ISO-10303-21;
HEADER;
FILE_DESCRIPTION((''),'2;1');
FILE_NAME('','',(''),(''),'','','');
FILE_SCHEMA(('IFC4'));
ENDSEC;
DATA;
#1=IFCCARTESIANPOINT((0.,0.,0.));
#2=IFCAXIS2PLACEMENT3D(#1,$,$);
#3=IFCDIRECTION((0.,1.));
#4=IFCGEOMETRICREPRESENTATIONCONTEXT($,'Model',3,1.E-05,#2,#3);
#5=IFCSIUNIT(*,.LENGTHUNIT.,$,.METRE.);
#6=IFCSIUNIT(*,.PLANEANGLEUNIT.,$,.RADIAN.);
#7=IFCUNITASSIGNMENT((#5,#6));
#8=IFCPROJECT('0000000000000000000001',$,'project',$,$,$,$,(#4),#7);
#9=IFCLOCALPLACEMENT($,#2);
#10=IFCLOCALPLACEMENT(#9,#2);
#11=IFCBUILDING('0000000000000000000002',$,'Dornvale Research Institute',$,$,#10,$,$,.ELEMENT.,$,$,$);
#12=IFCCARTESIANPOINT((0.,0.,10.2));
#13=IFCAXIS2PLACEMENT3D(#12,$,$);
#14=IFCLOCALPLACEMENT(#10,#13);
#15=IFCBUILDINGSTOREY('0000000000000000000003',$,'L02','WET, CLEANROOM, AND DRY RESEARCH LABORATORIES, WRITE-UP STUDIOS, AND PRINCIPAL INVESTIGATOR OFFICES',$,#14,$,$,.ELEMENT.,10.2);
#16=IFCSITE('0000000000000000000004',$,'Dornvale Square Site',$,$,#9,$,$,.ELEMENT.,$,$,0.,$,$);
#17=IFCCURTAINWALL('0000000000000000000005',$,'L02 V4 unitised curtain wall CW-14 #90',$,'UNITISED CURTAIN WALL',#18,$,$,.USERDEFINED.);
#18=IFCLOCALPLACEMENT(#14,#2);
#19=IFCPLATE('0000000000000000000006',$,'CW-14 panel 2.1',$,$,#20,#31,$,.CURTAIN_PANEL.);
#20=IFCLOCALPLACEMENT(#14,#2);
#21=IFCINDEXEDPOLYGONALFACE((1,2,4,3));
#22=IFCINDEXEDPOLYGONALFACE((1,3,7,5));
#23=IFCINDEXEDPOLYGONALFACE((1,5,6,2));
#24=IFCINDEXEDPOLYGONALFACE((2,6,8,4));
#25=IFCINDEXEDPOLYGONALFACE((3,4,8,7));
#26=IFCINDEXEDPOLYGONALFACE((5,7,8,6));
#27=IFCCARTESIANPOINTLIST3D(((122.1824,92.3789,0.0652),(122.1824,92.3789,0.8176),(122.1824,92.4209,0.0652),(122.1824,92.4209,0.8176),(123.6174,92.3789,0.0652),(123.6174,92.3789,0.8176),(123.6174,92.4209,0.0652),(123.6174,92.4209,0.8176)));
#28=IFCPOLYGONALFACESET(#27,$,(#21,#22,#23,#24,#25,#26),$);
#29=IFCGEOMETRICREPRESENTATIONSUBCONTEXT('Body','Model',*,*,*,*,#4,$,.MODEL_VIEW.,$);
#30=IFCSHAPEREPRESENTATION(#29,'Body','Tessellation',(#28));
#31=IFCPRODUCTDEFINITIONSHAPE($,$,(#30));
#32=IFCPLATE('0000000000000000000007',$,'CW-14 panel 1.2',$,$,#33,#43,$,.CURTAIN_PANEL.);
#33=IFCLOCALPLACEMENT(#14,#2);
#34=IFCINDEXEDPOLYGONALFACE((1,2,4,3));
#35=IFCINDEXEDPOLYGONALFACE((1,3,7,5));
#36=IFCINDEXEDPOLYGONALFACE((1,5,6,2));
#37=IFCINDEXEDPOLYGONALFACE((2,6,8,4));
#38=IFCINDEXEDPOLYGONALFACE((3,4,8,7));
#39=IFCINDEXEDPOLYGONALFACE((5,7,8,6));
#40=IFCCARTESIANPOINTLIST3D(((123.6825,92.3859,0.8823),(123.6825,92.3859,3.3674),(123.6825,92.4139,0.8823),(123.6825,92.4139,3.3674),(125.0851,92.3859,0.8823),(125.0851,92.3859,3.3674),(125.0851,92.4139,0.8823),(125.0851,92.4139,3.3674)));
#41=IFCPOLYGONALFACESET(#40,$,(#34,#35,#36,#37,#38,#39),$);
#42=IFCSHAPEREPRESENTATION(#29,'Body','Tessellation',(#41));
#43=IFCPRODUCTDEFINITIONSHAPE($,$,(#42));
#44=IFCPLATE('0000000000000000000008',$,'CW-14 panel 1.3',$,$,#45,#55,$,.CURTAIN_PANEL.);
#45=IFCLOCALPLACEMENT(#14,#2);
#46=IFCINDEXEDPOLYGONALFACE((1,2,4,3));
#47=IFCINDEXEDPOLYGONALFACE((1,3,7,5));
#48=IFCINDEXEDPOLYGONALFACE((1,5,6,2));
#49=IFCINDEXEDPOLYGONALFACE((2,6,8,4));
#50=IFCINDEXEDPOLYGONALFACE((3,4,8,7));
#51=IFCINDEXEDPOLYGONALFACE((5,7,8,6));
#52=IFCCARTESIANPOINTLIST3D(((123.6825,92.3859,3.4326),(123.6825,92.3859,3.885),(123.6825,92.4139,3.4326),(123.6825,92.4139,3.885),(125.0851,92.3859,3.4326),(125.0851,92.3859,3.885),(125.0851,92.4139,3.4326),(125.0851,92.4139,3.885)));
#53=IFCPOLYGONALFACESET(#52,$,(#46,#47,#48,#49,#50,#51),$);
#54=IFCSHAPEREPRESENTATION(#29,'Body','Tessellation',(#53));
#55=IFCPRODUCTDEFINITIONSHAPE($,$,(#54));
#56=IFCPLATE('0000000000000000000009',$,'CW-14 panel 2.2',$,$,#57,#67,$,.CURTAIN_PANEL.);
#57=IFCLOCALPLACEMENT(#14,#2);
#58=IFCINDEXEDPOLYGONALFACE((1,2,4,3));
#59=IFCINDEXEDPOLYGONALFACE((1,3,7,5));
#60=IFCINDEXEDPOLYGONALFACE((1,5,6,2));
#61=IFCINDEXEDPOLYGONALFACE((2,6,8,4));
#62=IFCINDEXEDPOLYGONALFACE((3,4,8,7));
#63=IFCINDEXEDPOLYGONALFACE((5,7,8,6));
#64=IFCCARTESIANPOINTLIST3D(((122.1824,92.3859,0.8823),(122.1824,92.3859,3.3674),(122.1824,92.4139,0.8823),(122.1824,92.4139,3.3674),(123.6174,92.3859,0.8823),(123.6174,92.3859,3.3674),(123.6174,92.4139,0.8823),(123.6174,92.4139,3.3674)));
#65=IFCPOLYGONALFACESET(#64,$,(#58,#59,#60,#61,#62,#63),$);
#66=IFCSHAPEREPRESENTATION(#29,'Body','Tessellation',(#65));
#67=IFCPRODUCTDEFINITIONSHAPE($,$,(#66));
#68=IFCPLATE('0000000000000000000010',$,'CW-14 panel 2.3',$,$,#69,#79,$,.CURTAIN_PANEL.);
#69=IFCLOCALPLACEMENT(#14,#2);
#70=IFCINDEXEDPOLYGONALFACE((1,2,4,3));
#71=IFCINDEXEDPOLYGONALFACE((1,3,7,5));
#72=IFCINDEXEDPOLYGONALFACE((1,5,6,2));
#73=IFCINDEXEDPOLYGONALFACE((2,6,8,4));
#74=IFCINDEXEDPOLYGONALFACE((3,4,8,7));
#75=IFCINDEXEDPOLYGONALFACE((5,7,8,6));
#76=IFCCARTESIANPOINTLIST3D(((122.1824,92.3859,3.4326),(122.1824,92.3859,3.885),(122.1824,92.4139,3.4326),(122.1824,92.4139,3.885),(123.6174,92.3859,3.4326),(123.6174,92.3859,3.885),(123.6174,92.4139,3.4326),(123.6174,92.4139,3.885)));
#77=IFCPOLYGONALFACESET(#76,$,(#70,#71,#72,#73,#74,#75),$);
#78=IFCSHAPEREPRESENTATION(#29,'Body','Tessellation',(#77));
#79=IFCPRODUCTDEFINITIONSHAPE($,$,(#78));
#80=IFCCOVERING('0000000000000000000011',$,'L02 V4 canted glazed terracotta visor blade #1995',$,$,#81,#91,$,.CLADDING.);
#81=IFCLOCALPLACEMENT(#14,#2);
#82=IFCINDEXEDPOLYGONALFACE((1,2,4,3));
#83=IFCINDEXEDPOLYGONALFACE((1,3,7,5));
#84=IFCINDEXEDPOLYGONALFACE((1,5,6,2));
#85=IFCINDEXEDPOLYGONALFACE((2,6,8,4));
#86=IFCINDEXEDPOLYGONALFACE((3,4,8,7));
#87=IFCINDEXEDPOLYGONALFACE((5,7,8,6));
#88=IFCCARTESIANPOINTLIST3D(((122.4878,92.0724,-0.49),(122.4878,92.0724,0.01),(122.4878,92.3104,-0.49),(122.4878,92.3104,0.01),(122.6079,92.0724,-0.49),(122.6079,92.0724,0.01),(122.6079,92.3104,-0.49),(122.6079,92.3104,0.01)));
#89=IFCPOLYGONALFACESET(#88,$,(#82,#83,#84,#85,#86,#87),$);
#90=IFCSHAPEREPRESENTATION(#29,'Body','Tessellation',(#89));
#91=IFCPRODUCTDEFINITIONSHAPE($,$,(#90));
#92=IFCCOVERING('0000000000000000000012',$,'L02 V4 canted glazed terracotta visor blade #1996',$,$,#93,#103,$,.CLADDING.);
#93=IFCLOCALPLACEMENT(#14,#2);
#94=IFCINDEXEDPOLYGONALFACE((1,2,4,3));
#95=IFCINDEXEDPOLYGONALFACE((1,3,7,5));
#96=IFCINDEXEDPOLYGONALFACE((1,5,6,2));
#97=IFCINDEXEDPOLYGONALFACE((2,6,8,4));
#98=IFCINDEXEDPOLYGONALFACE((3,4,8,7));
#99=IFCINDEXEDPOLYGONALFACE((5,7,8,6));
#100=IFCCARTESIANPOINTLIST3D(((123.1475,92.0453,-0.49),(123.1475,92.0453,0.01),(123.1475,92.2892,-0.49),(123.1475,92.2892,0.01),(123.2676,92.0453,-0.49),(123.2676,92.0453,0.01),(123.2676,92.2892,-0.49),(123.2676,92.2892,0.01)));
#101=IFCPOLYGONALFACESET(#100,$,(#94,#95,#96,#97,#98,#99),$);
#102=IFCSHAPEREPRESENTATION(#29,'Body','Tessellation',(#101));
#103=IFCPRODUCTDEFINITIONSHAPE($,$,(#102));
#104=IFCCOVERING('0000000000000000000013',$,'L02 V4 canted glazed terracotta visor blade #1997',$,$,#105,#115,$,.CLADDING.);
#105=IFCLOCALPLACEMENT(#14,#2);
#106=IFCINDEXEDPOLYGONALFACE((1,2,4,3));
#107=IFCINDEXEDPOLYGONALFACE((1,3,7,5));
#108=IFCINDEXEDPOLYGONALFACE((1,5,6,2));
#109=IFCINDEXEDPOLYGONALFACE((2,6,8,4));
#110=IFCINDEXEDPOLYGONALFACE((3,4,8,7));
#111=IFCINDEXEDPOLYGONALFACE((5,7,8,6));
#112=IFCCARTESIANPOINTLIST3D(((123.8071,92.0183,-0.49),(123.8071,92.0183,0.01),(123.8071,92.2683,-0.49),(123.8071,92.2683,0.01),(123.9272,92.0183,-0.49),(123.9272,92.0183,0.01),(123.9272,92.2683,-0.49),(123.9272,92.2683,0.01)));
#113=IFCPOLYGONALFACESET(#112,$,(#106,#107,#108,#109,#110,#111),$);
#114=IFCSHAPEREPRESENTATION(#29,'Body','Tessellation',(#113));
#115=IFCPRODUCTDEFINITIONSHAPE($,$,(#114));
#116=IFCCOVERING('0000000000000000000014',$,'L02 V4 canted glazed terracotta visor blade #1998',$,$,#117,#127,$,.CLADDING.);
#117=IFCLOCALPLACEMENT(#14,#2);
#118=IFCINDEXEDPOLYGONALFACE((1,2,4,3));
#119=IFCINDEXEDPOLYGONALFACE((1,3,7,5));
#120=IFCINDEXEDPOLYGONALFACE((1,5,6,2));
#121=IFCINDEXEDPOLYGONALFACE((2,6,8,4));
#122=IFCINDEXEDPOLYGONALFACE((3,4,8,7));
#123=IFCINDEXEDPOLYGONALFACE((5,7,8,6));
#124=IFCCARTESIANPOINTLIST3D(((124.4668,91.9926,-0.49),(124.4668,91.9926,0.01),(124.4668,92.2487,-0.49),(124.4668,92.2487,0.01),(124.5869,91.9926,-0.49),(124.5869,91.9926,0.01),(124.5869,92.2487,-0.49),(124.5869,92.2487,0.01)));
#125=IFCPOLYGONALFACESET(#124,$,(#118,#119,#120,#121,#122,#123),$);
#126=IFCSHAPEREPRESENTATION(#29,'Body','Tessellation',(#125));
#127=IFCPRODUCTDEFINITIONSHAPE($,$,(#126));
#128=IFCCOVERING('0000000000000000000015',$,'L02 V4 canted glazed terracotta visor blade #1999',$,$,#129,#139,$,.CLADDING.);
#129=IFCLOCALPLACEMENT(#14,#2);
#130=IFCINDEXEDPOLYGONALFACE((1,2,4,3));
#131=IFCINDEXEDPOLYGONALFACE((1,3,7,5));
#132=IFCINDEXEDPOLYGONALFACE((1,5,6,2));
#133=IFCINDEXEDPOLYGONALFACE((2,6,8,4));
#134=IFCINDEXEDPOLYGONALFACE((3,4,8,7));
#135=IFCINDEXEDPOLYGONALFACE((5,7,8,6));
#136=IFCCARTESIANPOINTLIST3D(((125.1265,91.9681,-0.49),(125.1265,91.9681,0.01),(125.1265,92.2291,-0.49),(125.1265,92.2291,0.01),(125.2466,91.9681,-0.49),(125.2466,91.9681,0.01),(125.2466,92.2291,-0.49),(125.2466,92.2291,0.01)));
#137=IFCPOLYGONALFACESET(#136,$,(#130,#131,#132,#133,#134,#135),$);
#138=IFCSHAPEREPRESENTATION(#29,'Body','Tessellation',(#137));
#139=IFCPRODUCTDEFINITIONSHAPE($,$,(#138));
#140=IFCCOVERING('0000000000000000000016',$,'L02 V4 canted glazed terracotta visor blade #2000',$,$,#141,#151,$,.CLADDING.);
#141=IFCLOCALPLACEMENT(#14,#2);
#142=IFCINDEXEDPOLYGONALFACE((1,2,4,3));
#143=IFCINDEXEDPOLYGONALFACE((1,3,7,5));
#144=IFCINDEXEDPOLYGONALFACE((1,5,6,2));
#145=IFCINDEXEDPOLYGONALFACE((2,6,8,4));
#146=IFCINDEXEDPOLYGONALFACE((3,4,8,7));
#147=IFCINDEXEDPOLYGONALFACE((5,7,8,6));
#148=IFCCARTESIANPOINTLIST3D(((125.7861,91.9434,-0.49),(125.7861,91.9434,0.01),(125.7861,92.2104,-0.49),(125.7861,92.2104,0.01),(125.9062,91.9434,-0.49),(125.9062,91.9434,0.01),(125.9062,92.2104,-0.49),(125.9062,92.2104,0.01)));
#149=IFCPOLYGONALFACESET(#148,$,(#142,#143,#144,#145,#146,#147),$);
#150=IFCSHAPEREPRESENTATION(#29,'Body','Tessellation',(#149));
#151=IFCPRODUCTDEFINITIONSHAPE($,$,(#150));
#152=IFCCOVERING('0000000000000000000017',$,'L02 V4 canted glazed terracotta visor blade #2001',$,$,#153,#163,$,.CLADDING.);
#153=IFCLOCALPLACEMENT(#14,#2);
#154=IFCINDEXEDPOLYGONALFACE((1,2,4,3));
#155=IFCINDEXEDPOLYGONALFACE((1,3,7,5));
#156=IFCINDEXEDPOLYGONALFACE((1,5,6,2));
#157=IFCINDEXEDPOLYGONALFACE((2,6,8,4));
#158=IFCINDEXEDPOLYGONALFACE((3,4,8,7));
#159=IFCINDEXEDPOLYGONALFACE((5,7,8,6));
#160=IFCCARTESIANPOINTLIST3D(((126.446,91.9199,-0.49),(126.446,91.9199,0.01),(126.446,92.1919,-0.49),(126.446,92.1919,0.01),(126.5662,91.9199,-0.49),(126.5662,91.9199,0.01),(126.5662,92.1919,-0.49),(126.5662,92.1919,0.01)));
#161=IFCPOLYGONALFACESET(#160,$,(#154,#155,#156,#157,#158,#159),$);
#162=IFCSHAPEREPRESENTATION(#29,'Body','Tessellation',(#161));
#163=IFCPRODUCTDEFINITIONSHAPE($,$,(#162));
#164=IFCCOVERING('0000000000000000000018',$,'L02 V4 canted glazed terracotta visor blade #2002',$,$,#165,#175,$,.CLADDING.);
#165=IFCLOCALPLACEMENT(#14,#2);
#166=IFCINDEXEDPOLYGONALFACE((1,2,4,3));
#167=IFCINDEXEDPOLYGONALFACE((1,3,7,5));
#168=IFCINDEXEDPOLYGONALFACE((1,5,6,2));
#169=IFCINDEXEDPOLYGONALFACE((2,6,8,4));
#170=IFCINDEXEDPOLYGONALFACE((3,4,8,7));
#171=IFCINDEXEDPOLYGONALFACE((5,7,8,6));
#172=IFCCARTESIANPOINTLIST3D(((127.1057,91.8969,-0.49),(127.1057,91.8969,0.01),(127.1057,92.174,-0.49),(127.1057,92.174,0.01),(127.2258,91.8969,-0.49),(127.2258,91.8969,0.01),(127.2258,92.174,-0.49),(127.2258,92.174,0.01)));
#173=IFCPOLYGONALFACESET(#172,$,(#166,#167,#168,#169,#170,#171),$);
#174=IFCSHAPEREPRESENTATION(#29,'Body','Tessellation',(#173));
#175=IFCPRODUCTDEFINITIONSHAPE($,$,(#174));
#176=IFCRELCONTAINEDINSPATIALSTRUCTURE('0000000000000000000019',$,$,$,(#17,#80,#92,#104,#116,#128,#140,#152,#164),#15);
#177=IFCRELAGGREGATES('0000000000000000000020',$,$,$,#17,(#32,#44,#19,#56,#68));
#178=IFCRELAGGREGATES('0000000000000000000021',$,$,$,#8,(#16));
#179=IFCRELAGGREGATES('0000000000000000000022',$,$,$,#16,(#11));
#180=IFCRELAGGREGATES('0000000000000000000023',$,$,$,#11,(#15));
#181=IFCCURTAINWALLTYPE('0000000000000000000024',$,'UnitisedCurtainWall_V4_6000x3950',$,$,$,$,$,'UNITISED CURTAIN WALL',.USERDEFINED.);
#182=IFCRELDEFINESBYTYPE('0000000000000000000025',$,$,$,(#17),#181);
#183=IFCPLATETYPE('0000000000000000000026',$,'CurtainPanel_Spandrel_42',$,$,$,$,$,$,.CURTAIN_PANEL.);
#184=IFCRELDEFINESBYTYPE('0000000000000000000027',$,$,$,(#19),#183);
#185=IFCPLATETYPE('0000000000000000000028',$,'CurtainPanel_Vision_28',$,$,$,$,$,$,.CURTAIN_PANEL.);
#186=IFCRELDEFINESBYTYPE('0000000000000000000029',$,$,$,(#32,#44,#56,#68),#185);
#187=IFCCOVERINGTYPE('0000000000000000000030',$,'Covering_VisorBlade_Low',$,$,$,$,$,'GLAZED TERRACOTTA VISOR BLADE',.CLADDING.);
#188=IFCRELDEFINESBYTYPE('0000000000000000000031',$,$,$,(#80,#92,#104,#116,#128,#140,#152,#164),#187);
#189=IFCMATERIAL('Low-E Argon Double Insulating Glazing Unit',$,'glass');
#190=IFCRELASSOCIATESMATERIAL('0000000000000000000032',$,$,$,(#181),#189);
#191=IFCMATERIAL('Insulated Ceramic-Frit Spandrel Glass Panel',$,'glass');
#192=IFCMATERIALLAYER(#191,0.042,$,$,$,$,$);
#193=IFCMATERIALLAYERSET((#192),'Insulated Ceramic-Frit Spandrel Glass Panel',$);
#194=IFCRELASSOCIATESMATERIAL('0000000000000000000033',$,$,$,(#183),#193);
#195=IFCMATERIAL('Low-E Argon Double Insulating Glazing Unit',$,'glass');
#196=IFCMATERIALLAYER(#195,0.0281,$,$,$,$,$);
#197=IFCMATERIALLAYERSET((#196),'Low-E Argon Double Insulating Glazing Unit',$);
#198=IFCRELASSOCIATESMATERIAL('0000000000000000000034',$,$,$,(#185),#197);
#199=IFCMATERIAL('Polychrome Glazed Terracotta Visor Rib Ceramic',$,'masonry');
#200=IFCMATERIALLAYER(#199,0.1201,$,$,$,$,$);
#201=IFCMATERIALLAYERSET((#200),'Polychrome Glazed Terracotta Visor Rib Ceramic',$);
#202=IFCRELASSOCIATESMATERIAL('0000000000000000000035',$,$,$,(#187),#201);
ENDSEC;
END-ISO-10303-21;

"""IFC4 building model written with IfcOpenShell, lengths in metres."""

from ifc_helpers import new_model, si_unit, direction, frame, origin, origin_2d, place, context, subcontext, project, spatial, rectangle, extrude, material, layer, layer_set, type_object, element, aggregate, save


model = new_model("IFC4")

# Units and contexts
model_context = context("Model", 3, precision=1e-05, world=origin(), true_north=direction((0.0, 1.0)))
body_context = subcontext(model_context, "Body", "Model", "MODEL_VIEW")
ifc_project = project(units=[si_unit("LENGTHUNIT", "METRE"), si_unit("PLANEANGLEUNIT", "RADIAN")], contexts=[model_context])

# Site, building, storey
site_placement = place(None, origin())
site = spatial("IfcSite", under=ifc_project, at=site_placement, Name="Dornvale Square Site", CompositionType="ELEMENT", RefElevation=0.0)
building_placement = place(site_placement, origin())
building = spatial("IfcBuilding", under=site, at=building_placement, Name="Dornvale Research Institute", CompositionType="ELEMENT")
storey_placement = place(building_placement, frame((0.0, 0.0, 10.2)))
storey = spatial("IfcBuildingStorey", under=building, at=storey_placement, Name="L02", Description="WET, CLEANROOM, AND DRY RESEARCH LABORATORIES, WRITE-UP STUDIOS, AND PRINCIPAL INVESTIGATOR OFFICES", CompositionType="ELEMENT", Elevation=10.2)

# Curtain wall
ifc_material_1 = material(Name="Low-E Argon Double Insulating Glazing Unit", Category="glass")
curtain_wall_type = type_object("IfcCurtainWallType", Name="UnitisedCurtainWall_V4_6000x3950", ElementType="UNITISED CURTAIN WALL", PredefinedType="USERDEFINED", material=ifc_material_1)
curtain_wall_placement = place(storey_placement, origin())
curtain_wall = element("IfcCurtainWall", 1, at=curtain_wall_placement, inside=storey, type_object=curtain_wall_type, Name="L02 V4 unitised curtain wall CW-14 #90", ObjectType="UNITISED CURTAIN WALL", PredefinedType="USERDEFINED")

# Plates
ifc_material_2 = material(Name="Insulated Ceramic-Frit Spandrel Glass Panel", Category="glass")
ifc_layer_1 = layer(ifc_material_2, 0.042)
ifc_layer_set_1 = layer_set([ifc_layer_1], Name="Insulated Ceramic-Frit Spandrel Glass Panel")
plate_type_1 = type_object("IfcPlateType", Name="CurtainPanel_Spandrel_42", PredefinedType="CURTAIN_PANEL", material=ifc_layer_set_1)
plate_1_placement = place(storey_placement, frame((122.8999, 92.3999, 0.0652), z_axis=(0.0, 0.0, 1.0), x_axis=(-1.0, 0.0, 0.0)))
plate_1 = element("IfcPlate", 2, at=plate_1_placement, type_object=plate_type_1, Name="CW-14 panel 2.1", PredefinedType="CURTAIN_PANEL", context=body_context, shape_type="SweptSolid", body=[
    extrude(rectangle(XDim=1.4351, YDim=0.042, at=origin_2d()), origin(), (0.0, 0.0, 1.0), 0.7524),
])
ifc_material_3 = material(Name="Low-E Argon Double Insulating Glazing Unit", Category="glass")
ifc_layer_2 = layer(ifc_material_3, 0.0281)
ifc_layer_set_2 = layer_set([ifc_layer_2], Name="Low-E Argon Double Insulating Glazing Unit")
plate_type_2 = type_object("IfcPlateType", Name="CurtainPanel_Vision_28", PredefinedType="CURTAIN_PANEL", material=ifc_layer_set_2)
plate_2_placement = place(storey_placement, frame((124.3838, 92.3999, 0.8823), z_axis=(0.0, 0.0, 1.0), x_axis=(-1.0, 0.0, 0.0)))
plate_2 = element("IfcPlate", 3, at=plate_2_placement, type_object=plate_type_2, Name="CW-14 panel 1.2", PredefinedType="CURTAIN_PANEL", context=body_context, shape_type="SweptSolid", body=[
    extrude(rectangle(XDim=1.4026, YDim=0.0281, at=origin_2d()), origin(), (0.0, 0.0, 1.0), 2.4851),
])
plate_3_placement = place(storey_placement, frame((124.3838, 92.3999, 3.4326), z_axis=(0.0, 0.0, 1.0), x_axis=(-1.0, 0.0, 0.0)))
plate_3 = element("IfcPlate", 4, at=plate_3_placement, type_object=plate_type_2, Name="CW-14 panel 1.3", PredefinedType="CURTAIN_PANEL", context=body_context, shape_type="SweptSolid", body=[
    extrude(rectangle(XDim=1.4026, YDim=0.0281, at=origin_2d()), origin(), (0.0, 0.0, 1.0), 0.4524),
])
plate_4_placement = place(storey_placement, frame((122.8999, 92.3999, 0.8823), z_axis=(0.0, 0.0, 1.0), x_axis=(-1.0, 0.0, 0.0)))
plate_4 = element("IfcPlate", 5, at=plate_4_placement, type_object=plate_type_2, Name="CW-14 panel 2.2", PredefinedType="CURTAIN_PANEL", context=body_context, shape_type="SweptSolid", body=[
    extrude(rectangle(XDim=1.4351, YDim=0.0281, at=origin_2d()), origin(), (0.0, 0.0, 1.0), 2.4851),
])
plate_5_placement = place(storey_placement, frame((122.8999, 92.3999, 3.4326), z_axis=(0.0, 0.0, 1.0), x_axis=(-1.0, 0.0, 0.0)))
plate_5 = element("IfcPlate", 6, at=plate_5_placement, type_object=plate_type_2, Name="CW-14 panel 2.3", PredefinedType="CURTAIN_PANEL", context=body_context, shape_type="SweptSolid", body=[
    extrude(rectangle(XDim=1.4351, YDim=0.0281, at=origin_2d()), origin(), (0.0, 0.0, 1.0), 0.4524),
])
aggregate(curtain_wall, [plate_2, plate_3, plate_1, plate_4, plate_5])

# Coverings
ifc_material_4 = material(Name="Polychrome Glazed Terracotta Visor Rib Ceramic", Category="masonry")
ifc_layer_3 = layer(ifc_material_4, 0.1201)
ifc_layer_set_3 = layer_set([ifc_layer_3], Name="Polychrome Glazed Terracotta Visor Rib Ceramic")
covering_type = type_object("IfcCoveringType", Name="Covering_VisorBlade_Low", ElementType="GLAZED TERRACOTTA VISOR BLADE", PredefinedType="CLADDING", material=ifc_layer_set_3)
covering_1_placement = place(storey_placement, frame((122.5479, 92.1914, -0.49), z_axis=(0.0, 0.0, 1.0), x_axis=(0.0, 1.0, 0.0)))
element("IfcCovering", 7, at=covering_1_placement, inside=storey, type_object=covering_type, Name="L02 V4 canted glazed terracotta visor blade #1995", PredefinedType="CLADDING", context=body_context, shape_type="SweptSolid", body=[
    extrude(rectangle(XDim=0.238, YDim=0.1201, at=origin_2d()), origin(), (0.0, 0.0, 1.0), 0.5),
])
covering_2_placement = place(storey_placement, frame((123.2075, 92.1672, -0.49), z_axis=(0.0, 0.0, 1.0), x_axis=(0.0, 1.0, 0.0)))
element("IfcCovering", 8, at=covering_2_placement, inside=storey, type_object=covering_type, Name="L02 V4 canted glazed terracotta visor blade #1996", PredefinedType="CLADDING", context=body_context, shape_type="SweptSolid", body=[
    extrude(rectangle(XDim=0.2439, YDim=0.1201, at=origin_2d()), origin(), (0.0, 0.0, 1.0), 0.5),
])
covering_3_placement = place(storey_placement, frame((123.8672, 92.1433, -0.49), z_axis=(0.0, 0.0, 1.0), x_axis=(0.0, 1.0, 0.0)))
element("IfcCovering", 9, at=covering_3_placement, inside=storey, type_object=covering_type, Name="L02 V4 canted glazed terracotta visor blade #1997", PredefinedType="CLADDING", context=body_context, shape_type="SweptSolid", body=[
    extrude(rectangle(XDim=0.25, YDim=0.1201, at=origin_2d()), origin(), (0.0, 0.0, 1.0), 0.5),
])
covering_4_placement = place(storey_placement, frame((124.5269, 92.1206, -0.49), z_axis=(0.0, 0.0, 1.0), x_axis=(0.0, 1.0, 0.0)))
element("IfcCovering", 10, at=covering_4_placement, inside=storey, type_object=covering_type, Name="L02 V4 canted glazed terracotta visor blade #1998", PredefinedType="CLADDING", context=body_context, shape_type="SweptSolid", body=[
    extrude(rectangle(XDim=0.2561, YDim=0.1201, at=origin_2d()), origin(), (0.0, 0.0, 1.0), 0.5),
])
covering_5_placement = place(storey_placement, frame((125.1865, 92.0986, -0.49), z_axis=(0.0, 0.0, 1.0), x_axis=(0.0, 1.0, 0.0)))
element("IfcCovering", 11, at=covering_5_placement, inside=storey, type_object=covering_type, Name="L02 V4 canted glazed terracotta visor blade #1999", PredefinedType="CLADDING", context=body_context, shape_type="SweptSolid", body=[
    extrude(rectangle(XDim=0.261, YDim=0.1201, at=origin_2d()), origin(), (0.0, 0.0, 1.0), 0.5),
])
covering_6_placement = place(storey_placement, frame((125.8462, 92.0769, -0.49), z_axis=(0.0, 0.0, 1.0), x_axis=(0.0, 1.0, 0.0)))
element("IfcCovering", 12, at=covering_6_placement, inside=storey, type_object=covering_type, Name="L02 V4 canted glazed terracotta visor blade #2000", PredefinedType="CLADDING", context=body_context, shape_type="SweptSolid", body=[
    extrude(rectangle(XDim=0.2671, YDim=0.1201, at=origin_2d()), origin(), (0.0, 0.0, 1.0), 0.5),
])
covering_7_placement = place(storey_placement, frame((126.5061, 92.0559, -0.49), z_axis=(0.0, 0.0, 1.0), x_axis=(0.0, 1.0, 0.0)))
element("IfcCovering", 13, at=covering_7_placement, inside=storey, type_object=covering_type, Name="L02 V4 canted glazed terracotta visor blade #2001", PredefinedType="CLADDING", context=body_context, shape_type="SweptSolid", body=[
    extrude(rectangle(XDim=0.272, YDim=0.1201, at=origin_2d()), origin(), (0.0, 0.0, 1.0), 0.5),
])
covering_8_placement = place(storey_placement, frame((127.1658, 92.0354, -0.49), z_axis=(0.0, 0.0, 1.0), x_axis=(0.0, 1.0, 0.0)))
element("IfcCovering", 14, at=covering_8_placement, inside=storey, type_object=covering_type, Name="L02 V4 canted glazed terracotta visor blade #2002", PredefinedType="CLADDING", context=body_context, shape_type="SweptSolid", body=[
    extrude(rectangle(XDim=0.2771, YDim=0.1201, at=origin_2d()), origin(), (0.0, 0.0, 1.0), 0.5),
])

save(model, "model.ifc")
